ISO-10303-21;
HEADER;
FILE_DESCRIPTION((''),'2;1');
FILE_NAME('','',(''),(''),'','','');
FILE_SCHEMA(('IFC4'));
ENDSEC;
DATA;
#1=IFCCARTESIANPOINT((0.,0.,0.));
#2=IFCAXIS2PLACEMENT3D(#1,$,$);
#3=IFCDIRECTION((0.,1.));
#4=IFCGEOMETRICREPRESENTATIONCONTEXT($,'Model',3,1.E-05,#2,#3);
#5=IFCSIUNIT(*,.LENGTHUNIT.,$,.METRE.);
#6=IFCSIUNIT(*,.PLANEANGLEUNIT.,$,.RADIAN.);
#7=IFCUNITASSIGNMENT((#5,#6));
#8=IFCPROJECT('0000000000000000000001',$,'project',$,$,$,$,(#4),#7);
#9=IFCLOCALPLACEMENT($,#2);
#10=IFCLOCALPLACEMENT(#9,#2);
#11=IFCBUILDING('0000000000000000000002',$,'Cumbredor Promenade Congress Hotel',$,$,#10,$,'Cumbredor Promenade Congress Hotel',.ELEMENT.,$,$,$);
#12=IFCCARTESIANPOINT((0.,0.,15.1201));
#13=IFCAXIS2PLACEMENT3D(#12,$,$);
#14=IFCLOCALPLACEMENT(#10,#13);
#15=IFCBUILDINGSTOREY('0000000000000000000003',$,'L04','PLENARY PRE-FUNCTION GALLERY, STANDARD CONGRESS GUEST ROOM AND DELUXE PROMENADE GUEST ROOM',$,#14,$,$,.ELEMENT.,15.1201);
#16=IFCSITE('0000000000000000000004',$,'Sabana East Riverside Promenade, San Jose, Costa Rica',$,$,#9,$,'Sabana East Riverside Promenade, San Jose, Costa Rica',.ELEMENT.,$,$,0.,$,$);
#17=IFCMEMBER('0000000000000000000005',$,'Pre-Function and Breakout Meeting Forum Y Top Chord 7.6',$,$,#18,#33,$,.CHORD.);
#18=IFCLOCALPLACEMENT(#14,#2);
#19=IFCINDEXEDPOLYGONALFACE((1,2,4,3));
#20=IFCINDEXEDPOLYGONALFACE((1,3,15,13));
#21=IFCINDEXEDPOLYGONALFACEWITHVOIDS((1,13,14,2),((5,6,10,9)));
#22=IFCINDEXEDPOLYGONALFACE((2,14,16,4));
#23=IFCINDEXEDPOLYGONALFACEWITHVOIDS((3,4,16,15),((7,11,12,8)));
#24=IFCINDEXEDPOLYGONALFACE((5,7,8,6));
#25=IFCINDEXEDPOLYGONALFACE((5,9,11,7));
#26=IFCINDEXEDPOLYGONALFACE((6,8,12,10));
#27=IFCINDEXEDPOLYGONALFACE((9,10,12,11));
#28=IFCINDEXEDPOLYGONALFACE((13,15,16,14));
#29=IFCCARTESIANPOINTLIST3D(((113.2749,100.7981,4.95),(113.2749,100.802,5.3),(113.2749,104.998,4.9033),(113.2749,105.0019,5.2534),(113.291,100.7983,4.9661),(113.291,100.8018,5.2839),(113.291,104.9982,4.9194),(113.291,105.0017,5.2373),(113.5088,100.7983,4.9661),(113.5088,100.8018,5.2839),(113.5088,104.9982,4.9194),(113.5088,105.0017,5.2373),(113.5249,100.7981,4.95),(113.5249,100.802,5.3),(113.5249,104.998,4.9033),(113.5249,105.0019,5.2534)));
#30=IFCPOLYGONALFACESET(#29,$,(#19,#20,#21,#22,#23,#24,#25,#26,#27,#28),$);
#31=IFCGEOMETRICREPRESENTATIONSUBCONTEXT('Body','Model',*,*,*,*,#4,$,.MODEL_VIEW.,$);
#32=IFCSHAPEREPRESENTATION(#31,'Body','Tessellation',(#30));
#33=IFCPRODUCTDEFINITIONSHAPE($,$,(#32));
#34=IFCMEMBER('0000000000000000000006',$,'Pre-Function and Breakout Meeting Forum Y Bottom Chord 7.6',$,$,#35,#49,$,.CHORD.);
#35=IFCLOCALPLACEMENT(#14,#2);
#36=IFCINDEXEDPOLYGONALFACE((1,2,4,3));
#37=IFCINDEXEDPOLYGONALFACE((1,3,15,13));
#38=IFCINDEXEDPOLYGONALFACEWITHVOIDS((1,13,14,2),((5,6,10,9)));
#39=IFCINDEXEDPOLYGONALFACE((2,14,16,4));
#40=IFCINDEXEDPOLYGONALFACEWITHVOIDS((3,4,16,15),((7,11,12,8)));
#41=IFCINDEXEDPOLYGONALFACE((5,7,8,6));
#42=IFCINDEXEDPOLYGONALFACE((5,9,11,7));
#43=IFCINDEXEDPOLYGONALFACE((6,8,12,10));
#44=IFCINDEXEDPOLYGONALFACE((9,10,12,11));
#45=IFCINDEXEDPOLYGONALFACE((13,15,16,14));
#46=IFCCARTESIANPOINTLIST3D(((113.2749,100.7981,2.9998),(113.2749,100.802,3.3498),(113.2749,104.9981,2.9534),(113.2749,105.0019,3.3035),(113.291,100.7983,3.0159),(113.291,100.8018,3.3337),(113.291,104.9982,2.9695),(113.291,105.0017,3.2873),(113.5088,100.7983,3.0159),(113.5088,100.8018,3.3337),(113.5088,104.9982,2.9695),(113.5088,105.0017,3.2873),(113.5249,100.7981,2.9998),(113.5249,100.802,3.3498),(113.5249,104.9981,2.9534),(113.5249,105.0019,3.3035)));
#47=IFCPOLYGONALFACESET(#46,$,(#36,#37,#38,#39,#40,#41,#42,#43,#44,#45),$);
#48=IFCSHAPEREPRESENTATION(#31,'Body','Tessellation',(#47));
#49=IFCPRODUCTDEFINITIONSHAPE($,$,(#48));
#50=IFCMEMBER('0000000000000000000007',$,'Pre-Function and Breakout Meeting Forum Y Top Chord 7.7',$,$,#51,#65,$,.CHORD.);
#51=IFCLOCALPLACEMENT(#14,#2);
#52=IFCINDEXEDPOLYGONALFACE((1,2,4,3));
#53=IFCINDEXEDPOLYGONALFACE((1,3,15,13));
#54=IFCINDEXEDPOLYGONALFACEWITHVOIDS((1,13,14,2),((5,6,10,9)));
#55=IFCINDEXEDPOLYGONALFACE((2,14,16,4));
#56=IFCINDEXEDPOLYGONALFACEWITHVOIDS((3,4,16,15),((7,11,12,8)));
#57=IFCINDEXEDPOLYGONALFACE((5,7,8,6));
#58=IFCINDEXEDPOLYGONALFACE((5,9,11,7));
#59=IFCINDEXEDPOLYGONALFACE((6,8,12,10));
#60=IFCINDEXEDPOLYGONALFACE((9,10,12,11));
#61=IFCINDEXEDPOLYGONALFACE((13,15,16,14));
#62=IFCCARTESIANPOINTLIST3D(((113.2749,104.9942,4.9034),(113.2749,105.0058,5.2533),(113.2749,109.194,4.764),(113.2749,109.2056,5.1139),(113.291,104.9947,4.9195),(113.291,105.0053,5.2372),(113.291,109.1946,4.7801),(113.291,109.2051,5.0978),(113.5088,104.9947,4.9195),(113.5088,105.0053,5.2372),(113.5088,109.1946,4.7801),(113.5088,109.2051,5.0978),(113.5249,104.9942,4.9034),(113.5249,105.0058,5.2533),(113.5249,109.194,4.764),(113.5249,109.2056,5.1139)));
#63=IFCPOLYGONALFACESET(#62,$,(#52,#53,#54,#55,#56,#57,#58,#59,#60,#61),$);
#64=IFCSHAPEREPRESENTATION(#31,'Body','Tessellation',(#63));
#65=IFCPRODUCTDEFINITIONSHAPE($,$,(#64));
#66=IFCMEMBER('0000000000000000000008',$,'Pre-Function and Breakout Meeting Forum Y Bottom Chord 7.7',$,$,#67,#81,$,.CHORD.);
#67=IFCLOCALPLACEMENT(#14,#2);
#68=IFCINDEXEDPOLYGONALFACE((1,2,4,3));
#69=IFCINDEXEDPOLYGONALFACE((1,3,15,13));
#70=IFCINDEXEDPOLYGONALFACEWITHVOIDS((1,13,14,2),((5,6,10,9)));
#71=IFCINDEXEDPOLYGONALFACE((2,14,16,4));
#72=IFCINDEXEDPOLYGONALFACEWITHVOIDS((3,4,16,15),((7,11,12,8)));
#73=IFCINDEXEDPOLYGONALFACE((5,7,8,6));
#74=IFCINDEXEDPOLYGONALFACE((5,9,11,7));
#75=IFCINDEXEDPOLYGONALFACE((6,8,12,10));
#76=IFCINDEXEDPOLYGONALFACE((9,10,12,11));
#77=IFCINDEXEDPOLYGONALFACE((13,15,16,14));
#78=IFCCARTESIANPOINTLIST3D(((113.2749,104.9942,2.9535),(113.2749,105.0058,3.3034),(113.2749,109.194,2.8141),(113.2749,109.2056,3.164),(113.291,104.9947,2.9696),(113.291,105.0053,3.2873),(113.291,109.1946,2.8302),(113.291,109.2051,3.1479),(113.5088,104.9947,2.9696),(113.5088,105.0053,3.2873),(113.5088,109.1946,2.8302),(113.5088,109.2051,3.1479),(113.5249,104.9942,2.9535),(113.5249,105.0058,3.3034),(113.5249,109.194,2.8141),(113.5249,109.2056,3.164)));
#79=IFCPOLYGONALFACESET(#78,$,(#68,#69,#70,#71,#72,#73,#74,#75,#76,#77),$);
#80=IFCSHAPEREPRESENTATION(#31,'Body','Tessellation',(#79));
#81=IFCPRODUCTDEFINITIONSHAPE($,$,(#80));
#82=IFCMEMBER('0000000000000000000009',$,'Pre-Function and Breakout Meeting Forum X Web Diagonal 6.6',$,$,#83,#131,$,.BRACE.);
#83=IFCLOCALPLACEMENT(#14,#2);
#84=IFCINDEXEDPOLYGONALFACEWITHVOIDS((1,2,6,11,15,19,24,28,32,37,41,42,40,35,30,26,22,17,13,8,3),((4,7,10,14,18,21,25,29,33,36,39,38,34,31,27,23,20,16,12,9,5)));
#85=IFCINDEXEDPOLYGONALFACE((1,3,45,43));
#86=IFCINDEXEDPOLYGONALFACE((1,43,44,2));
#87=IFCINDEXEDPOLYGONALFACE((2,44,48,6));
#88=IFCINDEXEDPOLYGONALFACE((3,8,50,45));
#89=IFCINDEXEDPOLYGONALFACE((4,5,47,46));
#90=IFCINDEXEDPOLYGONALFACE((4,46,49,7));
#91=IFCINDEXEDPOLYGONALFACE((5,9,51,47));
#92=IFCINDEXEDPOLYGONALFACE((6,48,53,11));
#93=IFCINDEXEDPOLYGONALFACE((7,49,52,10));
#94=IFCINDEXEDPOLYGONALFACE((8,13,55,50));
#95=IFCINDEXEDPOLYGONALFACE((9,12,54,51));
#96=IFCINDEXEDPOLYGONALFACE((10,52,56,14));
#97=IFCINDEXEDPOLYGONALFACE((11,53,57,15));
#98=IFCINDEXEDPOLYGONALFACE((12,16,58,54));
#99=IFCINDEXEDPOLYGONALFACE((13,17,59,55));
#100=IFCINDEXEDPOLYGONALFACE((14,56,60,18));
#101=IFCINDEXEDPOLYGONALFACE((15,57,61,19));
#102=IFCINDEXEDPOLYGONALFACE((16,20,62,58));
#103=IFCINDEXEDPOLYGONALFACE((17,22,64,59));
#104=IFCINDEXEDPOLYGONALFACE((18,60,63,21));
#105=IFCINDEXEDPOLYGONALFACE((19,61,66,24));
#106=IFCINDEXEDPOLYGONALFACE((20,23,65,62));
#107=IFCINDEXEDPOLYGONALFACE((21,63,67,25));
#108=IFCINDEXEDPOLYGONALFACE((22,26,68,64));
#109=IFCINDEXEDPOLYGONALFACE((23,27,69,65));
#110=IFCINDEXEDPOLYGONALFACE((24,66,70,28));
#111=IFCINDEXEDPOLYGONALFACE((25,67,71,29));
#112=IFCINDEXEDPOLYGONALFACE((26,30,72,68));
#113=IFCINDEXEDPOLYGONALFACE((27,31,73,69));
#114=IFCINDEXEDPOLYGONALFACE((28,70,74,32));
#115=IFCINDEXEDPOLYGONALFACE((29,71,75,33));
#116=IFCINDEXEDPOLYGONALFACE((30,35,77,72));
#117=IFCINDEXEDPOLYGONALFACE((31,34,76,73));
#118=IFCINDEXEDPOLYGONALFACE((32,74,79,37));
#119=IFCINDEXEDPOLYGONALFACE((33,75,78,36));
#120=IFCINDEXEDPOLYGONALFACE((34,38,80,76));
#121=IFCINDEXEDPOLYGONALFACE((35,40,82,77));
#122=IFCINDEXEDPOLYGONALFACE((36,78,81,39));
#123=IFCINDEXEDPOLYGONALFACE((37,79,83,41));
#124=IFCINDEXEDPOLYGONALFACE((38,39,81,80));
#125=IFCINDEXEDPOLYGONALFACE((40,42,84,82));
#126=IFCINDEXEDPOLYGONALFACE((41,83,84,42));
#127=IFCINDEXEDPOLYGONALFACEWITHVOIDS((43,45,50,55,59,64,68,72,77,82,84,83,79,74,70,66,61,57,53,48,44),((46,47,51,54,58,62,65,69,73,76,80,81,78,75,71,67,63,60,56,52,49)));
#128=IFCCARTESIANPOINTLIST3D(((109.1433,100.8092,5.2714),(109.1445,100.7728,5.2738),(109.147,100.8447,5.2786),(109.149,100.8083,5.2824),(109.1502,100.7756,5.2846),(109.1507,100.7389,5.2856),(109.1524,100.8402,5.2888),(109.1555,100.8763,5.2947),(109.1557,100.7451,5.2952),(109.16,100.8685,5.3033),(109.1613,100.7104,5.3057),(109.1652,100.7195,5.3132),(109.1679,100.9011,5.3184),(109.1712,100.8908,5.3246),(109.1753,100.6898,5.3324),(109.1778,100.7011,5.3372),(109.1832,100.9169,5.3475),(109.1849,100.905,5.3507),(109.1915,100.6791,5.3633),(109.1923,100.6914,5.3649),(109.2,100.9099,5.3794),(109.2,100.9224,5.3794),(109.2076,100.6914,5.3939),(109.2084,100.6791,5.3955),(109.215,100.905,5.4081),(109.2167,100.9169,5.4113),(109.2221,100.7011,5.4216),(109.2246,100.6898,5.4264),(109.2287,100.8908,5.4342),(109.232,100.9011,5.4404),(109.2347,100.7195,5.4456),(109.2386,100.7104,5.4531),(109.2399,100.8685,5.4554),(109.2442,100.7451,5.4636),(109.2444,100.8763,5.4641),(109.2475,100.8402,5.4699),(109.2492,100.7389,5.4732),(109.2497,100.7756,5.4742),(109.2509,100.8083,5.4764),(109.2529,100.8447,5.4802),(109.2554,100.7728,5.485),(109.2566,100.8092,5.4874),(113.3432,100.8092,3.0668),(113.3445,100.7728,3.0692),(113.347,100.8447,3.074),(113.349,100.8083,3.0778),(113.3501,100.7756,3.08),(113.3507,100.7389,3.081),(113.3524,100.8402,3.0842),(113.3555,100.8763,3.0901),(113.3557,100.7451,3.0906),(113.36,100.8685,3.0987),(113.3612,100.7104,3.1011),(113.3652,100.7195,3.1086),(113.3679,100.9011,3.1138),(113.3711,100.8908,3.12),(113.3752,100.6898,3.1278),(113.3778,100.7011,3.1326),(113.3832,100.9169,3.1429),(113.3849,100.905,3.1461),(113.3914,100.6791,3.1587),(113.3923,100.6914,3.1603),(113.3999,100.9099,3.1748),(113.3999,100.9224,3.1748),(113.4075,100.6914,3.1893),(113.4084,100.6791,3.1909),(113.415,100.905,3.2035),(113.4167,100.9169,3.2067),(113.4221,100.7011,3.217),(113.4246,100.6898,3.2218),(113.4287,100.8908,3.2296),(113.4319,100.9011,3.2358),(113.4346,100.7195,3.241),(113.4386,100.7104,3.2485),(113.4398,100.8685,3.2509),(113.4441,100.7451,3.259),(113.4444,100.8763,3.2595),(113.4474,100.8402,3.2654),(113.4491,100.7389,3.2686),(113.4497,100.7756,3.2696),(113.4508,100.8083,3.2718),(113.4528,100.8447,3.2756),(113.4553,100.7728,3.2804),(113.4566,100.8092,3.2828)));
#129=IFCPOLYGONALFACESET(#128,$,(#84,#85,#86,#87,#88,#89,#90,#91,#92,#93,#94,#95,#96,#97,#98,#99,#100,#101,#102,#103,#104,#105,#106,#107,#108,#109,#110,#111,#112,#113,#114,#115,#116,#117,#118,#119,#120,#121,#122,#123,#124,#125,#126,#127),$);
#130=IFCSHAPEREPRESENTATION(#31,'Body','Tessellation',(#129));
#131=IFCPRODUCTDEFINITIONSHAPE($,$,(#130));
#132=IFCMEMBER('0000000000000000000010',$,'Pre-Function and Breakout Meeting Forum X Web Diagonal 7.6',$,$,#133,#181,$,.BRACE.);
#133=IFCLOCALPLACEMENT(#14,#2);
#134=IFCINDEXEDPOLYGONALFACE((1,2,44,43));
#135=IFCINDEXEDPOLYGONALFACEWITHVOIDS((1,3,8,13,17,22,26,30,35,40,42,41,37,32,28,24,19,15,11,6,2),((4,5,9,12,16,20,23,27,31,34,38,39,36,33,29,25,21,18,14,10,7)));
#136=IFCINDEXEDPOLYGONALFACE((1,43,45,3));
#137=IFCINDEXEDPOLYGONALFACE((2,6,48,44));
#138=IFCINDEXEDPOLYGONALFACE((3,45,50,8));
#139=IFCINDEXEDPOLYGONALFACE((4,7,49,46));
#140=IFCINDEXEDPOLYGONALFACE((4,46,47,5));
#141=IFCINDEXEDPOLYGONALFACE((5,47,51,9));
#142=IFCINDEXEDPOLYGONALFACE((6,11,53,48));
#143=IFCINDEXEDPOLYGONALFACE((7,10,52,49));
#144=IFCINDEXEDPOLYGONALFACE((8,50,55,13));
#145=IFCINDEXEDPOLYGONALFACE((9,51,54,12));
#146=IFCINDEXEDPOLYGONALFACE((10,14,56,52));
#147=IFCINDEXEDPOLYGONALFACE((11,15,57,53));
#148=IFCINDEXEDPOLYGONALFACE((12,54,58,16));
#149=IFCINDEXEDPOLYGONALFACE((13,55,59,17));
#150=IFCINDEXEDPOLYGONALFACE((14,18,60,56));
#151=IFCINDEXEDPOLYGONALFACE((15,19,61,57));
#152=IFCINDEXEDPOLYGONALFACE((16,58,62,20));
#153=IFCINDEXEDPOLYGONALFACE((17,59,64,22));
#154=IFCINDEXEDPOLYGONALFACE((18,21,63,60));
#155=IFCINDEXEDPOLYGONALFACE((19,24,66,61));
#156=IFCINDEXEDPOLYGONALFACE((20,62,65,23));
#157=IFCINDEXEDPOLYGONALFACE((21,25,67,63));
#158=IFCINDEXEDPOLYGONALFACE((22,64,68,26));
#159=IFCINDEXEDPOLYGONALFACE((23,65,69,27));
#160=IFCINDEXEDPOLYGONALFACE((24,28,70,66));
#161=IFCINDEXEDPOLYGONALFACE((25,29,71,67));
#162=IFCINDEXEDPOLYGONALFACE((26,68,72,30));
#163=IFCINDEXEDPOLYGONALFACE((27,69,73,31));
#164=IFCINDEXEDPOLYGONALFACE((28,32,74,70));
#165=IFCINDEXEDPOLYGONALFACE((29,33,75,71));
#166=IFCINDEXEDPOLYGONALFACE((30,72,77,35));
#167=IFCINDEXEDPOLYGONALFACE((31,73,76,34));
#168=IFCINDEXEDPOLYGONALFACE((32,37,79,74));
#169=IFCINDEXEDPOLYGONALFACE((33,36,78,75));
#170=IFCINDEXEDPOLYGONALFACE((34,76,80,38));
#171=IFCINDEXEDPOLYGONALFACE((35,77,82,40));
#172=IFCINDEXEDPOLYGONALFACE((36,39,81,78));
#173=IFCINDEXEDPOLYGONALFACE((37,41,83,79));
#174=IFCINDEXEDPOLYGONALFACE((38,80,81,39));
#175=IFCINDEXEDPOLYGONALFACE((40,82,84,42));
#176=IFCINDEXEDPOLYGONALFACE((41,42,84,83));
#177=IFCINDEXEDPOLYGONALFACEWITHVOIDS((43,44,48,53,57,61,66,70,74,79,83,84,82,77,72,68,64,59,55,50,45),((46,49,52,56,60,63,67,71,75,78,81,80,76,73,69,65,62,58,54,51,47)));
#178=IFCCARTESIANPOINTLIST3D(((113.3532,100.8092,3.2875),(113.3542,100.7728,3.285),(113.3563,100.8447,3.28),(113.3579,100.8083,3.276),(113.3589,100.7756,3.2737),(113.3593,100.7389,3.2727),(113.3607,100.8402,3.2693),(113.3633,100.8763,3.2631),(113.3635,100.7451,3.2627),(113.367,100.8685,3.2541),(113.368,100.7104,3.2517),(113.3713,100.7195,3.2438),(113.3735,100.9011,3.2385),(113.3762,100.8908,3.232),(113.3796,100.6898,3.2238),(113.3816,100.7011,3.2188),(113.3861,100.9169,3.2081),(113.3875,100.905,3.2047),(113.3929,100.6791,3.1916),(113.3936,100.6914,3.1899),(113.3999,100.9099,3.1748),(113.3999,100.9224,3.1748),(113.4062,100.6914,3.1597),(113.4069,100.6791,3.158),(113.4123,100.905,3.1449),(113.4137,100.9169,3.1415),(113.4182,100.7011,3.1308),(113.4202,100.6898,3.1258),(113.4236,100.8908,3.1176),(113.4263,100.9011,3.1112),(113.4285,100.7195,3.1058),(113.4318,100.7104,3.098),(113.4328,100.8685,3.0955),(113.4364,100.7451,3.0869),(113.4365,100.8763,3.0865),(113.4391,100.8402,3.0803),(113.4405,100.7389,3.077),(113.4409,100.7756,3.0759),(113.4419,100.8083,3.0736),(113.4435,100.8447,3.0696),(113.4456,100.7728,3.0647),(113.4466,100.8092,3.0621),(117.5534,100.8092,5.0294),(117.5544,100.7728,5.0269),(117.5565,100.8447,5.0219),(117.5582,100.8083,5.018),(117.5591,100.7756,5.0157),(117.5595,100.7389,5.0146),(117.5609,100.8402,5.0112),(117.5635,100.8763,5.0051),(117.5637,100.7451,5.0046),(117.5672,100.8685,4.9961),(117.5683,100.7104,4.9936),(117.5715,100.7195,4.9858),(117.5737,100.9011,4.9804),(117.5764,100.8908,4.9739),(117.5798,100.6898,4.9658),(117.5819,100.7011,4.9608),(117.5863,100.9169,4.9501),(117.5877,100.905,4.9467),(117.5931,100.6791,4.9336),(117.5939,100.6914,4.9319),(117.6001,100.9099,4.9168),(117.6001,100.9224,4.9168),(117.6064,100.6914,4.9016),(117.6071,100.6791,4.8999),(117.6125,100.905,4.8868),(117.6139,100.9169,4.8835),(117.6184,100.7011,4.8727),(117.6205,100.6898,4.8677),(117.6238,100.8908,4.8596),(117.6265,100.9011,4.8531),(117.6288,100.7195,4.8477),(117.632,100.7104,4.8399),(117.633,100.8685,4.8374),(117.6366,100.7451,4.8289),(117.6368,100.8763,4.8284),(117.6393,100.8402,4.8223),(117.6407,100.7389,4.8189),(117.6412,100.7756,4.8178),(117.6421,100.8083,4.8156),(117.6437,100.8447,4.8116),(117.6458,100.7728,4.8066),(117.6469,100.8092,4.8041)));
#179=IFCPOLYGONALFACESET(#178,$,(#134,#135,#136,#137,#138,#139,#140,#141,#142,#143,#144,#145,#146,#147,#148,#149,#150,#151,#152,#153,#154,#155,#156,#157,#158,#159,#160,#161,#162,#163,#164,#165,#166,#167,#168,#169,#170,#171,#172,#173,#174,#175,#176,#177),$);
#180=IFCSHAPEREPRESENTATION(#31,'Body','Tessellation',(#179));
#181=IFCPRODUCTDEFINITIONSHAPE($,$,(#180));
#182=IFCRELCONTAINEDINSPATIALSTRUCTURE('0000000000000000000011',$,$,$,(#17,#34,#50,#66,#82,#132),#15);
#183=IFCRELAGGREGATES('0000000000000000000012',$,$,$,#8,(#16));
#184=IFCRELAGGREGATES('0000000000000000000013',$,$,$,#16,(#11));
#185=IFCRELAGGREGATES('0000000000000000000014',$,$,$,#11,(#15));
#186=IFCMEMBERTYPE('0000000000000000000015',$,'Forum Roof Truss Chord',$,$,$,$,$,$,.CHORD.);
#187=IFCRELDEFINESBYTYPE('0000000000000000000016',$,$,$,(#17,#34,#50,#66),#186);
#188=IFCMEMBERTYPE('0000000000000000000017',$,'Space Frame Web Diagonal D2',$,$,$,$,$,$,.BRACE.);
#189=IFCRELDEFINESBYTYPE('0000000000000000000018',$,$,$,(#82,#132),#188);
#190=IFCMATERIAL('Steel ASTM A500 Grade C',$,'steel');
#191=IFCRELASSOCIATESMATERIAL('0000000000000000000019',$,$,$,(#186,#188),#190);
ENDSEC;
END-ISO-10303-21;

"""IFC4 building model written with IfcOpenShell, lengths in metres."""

from ifc_helpers import new_model, si_unit, direction, frame, origin, origin_2d, place, context, subcontext, project, spatial, hollow_rectangle, hollow_circle, extrude, material, material_profile, profile_set, type_object, element, save


model = new_model("IFC4")

# Units and contexts
model_context = context("Model", 3, precision=1e-05, world=origin(), true_north=direction((0.0, 1.0)))
body_context = subcontext(model_context, "Body", "Model", "MODEL_VIEW")
ifc_project = project(units=[si_unit("LENGTHUNIT", "METRE"), si_unit("PLANEANGLEUNIT", "RADIAN")], contexts=[model_context])

# Site, building, storey
site_placement = place(None, origin())
site = spatial("IfcSite", under=ifc_project, at=site_placement, Name="Sabana East Riverside Promenade, San Jose, Costa Rica", LongName="Sabana East Riverside Promenade, San Jose, Costa Rica", CompositionType="ELEMENT", RefElevation=0.0)
building_placement = place(site_placement, origin())
building = spatial("IfcBuilding", under=site, at=building_placement, Name="Cumbredor Promenade Congress Hotel", LongName="Cumbredor Promenade Congress Hotel", CompositionType="ELEMENT")
storey_placement = place(building_placement, frame((0.0, 0.0, 15.1201)))
storey = spatial("IfcBuildingStorey", under=building, at=storey_placement, Name="L04", Description="PLENARY PRE-FUNCTION GALLERY, STANDARD CONGRESS GUEST ROOM AND DELUXE PROMENADE GUEST ROOM", CompositionType="ELEMENT", Elevation=15.1201)

# Members
ifc_material_1 = material(Name="Steel ASTM A500 Grade C", Category="steel")
ifc_material_profile_1 = material_profile(ifc_material_1, hollow_rectangle(XDim=0.25, YDim=0.3501, WallThickness=0.0161, at=origin_2d()), Name="HSS 350x250x16")
ifc_profile_set_1 = profile_set([ifc_material_profile_1], Name="Steel ASTM A500 Grade C")
member_type_1 = type_object("IfcMemberType", Name="Forum Roof Truss Chord", PredefinedType="CHORD", material=ifc_profile_set_1)
for number, where, z_axis, x_axis, name in (
    (1, (113.3999, 100.8, 5.125), (0.0, 0.999938, -0.011102), (-1.0, 0.0, 0.0), "Pre-Function and Breakout Meeting Forum Y Top Chord 7.6"),
    (2, (113.3999, 100.8, 3.1748), (0.0, 0.999939, -0.011044), (-1.0, 0.0, 0.0), "Pre-Function and Breakout Meeting Forum Y Bottom Chord 7.6"),
):
    element("IfcMember", number, at=place(storey_placement, frame(where, z_axis=z_axis, x_axis=x_axis)), inside=storey, type_object=member_type_1, Name=name, PredefinedType="CHORD", context=body_context, shape_type="SweptSolid", body=[
        extrude(hollow_rectangle(XDim=0.25, YDim=0.3501, WallThickness=0.0161, at=origin_2d()), origin(), (0.0, 0.0, 1.0), 4.2002),
    ])
for number, where, z_axis, x_axis, name in (
    (3, (113.3999, 105.0, 5.0784), (0.0, 0.99945, -0.033174), (-1.0, 0.0, 0.0), "Pre-Function and Breakout Meeting Forum Y Top Chord 7.7"),
    (4, (113.3999, 105.0, 3.1284), (0.0, 0.99945, -0.033174), (-1.0, 0.0, 0.0), "Pre-Function and Breakout Meeting Forum Y Bottom Chord 7.7"),
):
    element("IfcMember", number, at=place(storey_placement, frame(where, z_axis=z_axis, x_axis=x_axis)), inside=storey, type_object=member_type_1, Name=name, PredefinedType="CHORD", context=body_context, shape_type="SweptSolid", body=[
        extrude(hollow_rectangle(XDim=0.25, YDim=0.3501, WallThickness=0.0161, at=origin_2d()), origin(), (0.0, 0.0, 1.0), 4.2021),
    ])
ifc_material_profile_2 = material_profile(ifc_material_1, hollow_circle(Radius=0.1223, WallThickness=0.0125, at=origin_2d()), Name="CHS 244.5x12.5")
ifc_profile_set_2 = profile_set([ifc_material_profile_2], Name="Steel ASTM A500 Grade C")
member_type_2 = type_object("IfcMemberType", Name="Space Frame Web Diagonal D2", PredefinedType="BRACE", material=ifc_profile_set_2)
member_1_placement = place(storey_placement, frame((109.2, 100.8, 5.3794), z_axis=(0.885431, 0.0, -0.46477), x_axis=(0.0, 1.0, 0.0)))
element("IfcMember", 5, at=member_1_placement, inside=storey, type_object=member_type_2, Name="Pre-Function and Breakout Meeting Forum X Web Diagonal 6.6", PredefinedType="BRACE", context=body_context, shape_type="SweptSolid", body=[
    extrude(hollow_circle(Radius=0.1223, WallThickness=0.0125, at=origin_2d()), origin(), (0.0, 0.0, 1.0), 4.7434),
])
member_2_placement = place(storey_placement, frame((113.3999, 100.8, 3.1748), z_axis=(0.923711, 0.0, 0.38309), x_axis=(0.0, 1.0, 0.0)))
element("IfcMember", 6, at=member_2_placement, inside=storey, type_object=member_type_2, Name="Pre-Function and Breakout Meeting Forum X Web Diagonal 7.6", PredefinedType="BRACE", context=body_context, shape_type="SweptSolid", body=[
    extrude(hollow_circle(Radius=0.1223, WallThickness=0.0125, at=origin_2d()), origin(), (0.0, 0.0, 1.0), 4.5471),
])

save(model, "model.ifc")
